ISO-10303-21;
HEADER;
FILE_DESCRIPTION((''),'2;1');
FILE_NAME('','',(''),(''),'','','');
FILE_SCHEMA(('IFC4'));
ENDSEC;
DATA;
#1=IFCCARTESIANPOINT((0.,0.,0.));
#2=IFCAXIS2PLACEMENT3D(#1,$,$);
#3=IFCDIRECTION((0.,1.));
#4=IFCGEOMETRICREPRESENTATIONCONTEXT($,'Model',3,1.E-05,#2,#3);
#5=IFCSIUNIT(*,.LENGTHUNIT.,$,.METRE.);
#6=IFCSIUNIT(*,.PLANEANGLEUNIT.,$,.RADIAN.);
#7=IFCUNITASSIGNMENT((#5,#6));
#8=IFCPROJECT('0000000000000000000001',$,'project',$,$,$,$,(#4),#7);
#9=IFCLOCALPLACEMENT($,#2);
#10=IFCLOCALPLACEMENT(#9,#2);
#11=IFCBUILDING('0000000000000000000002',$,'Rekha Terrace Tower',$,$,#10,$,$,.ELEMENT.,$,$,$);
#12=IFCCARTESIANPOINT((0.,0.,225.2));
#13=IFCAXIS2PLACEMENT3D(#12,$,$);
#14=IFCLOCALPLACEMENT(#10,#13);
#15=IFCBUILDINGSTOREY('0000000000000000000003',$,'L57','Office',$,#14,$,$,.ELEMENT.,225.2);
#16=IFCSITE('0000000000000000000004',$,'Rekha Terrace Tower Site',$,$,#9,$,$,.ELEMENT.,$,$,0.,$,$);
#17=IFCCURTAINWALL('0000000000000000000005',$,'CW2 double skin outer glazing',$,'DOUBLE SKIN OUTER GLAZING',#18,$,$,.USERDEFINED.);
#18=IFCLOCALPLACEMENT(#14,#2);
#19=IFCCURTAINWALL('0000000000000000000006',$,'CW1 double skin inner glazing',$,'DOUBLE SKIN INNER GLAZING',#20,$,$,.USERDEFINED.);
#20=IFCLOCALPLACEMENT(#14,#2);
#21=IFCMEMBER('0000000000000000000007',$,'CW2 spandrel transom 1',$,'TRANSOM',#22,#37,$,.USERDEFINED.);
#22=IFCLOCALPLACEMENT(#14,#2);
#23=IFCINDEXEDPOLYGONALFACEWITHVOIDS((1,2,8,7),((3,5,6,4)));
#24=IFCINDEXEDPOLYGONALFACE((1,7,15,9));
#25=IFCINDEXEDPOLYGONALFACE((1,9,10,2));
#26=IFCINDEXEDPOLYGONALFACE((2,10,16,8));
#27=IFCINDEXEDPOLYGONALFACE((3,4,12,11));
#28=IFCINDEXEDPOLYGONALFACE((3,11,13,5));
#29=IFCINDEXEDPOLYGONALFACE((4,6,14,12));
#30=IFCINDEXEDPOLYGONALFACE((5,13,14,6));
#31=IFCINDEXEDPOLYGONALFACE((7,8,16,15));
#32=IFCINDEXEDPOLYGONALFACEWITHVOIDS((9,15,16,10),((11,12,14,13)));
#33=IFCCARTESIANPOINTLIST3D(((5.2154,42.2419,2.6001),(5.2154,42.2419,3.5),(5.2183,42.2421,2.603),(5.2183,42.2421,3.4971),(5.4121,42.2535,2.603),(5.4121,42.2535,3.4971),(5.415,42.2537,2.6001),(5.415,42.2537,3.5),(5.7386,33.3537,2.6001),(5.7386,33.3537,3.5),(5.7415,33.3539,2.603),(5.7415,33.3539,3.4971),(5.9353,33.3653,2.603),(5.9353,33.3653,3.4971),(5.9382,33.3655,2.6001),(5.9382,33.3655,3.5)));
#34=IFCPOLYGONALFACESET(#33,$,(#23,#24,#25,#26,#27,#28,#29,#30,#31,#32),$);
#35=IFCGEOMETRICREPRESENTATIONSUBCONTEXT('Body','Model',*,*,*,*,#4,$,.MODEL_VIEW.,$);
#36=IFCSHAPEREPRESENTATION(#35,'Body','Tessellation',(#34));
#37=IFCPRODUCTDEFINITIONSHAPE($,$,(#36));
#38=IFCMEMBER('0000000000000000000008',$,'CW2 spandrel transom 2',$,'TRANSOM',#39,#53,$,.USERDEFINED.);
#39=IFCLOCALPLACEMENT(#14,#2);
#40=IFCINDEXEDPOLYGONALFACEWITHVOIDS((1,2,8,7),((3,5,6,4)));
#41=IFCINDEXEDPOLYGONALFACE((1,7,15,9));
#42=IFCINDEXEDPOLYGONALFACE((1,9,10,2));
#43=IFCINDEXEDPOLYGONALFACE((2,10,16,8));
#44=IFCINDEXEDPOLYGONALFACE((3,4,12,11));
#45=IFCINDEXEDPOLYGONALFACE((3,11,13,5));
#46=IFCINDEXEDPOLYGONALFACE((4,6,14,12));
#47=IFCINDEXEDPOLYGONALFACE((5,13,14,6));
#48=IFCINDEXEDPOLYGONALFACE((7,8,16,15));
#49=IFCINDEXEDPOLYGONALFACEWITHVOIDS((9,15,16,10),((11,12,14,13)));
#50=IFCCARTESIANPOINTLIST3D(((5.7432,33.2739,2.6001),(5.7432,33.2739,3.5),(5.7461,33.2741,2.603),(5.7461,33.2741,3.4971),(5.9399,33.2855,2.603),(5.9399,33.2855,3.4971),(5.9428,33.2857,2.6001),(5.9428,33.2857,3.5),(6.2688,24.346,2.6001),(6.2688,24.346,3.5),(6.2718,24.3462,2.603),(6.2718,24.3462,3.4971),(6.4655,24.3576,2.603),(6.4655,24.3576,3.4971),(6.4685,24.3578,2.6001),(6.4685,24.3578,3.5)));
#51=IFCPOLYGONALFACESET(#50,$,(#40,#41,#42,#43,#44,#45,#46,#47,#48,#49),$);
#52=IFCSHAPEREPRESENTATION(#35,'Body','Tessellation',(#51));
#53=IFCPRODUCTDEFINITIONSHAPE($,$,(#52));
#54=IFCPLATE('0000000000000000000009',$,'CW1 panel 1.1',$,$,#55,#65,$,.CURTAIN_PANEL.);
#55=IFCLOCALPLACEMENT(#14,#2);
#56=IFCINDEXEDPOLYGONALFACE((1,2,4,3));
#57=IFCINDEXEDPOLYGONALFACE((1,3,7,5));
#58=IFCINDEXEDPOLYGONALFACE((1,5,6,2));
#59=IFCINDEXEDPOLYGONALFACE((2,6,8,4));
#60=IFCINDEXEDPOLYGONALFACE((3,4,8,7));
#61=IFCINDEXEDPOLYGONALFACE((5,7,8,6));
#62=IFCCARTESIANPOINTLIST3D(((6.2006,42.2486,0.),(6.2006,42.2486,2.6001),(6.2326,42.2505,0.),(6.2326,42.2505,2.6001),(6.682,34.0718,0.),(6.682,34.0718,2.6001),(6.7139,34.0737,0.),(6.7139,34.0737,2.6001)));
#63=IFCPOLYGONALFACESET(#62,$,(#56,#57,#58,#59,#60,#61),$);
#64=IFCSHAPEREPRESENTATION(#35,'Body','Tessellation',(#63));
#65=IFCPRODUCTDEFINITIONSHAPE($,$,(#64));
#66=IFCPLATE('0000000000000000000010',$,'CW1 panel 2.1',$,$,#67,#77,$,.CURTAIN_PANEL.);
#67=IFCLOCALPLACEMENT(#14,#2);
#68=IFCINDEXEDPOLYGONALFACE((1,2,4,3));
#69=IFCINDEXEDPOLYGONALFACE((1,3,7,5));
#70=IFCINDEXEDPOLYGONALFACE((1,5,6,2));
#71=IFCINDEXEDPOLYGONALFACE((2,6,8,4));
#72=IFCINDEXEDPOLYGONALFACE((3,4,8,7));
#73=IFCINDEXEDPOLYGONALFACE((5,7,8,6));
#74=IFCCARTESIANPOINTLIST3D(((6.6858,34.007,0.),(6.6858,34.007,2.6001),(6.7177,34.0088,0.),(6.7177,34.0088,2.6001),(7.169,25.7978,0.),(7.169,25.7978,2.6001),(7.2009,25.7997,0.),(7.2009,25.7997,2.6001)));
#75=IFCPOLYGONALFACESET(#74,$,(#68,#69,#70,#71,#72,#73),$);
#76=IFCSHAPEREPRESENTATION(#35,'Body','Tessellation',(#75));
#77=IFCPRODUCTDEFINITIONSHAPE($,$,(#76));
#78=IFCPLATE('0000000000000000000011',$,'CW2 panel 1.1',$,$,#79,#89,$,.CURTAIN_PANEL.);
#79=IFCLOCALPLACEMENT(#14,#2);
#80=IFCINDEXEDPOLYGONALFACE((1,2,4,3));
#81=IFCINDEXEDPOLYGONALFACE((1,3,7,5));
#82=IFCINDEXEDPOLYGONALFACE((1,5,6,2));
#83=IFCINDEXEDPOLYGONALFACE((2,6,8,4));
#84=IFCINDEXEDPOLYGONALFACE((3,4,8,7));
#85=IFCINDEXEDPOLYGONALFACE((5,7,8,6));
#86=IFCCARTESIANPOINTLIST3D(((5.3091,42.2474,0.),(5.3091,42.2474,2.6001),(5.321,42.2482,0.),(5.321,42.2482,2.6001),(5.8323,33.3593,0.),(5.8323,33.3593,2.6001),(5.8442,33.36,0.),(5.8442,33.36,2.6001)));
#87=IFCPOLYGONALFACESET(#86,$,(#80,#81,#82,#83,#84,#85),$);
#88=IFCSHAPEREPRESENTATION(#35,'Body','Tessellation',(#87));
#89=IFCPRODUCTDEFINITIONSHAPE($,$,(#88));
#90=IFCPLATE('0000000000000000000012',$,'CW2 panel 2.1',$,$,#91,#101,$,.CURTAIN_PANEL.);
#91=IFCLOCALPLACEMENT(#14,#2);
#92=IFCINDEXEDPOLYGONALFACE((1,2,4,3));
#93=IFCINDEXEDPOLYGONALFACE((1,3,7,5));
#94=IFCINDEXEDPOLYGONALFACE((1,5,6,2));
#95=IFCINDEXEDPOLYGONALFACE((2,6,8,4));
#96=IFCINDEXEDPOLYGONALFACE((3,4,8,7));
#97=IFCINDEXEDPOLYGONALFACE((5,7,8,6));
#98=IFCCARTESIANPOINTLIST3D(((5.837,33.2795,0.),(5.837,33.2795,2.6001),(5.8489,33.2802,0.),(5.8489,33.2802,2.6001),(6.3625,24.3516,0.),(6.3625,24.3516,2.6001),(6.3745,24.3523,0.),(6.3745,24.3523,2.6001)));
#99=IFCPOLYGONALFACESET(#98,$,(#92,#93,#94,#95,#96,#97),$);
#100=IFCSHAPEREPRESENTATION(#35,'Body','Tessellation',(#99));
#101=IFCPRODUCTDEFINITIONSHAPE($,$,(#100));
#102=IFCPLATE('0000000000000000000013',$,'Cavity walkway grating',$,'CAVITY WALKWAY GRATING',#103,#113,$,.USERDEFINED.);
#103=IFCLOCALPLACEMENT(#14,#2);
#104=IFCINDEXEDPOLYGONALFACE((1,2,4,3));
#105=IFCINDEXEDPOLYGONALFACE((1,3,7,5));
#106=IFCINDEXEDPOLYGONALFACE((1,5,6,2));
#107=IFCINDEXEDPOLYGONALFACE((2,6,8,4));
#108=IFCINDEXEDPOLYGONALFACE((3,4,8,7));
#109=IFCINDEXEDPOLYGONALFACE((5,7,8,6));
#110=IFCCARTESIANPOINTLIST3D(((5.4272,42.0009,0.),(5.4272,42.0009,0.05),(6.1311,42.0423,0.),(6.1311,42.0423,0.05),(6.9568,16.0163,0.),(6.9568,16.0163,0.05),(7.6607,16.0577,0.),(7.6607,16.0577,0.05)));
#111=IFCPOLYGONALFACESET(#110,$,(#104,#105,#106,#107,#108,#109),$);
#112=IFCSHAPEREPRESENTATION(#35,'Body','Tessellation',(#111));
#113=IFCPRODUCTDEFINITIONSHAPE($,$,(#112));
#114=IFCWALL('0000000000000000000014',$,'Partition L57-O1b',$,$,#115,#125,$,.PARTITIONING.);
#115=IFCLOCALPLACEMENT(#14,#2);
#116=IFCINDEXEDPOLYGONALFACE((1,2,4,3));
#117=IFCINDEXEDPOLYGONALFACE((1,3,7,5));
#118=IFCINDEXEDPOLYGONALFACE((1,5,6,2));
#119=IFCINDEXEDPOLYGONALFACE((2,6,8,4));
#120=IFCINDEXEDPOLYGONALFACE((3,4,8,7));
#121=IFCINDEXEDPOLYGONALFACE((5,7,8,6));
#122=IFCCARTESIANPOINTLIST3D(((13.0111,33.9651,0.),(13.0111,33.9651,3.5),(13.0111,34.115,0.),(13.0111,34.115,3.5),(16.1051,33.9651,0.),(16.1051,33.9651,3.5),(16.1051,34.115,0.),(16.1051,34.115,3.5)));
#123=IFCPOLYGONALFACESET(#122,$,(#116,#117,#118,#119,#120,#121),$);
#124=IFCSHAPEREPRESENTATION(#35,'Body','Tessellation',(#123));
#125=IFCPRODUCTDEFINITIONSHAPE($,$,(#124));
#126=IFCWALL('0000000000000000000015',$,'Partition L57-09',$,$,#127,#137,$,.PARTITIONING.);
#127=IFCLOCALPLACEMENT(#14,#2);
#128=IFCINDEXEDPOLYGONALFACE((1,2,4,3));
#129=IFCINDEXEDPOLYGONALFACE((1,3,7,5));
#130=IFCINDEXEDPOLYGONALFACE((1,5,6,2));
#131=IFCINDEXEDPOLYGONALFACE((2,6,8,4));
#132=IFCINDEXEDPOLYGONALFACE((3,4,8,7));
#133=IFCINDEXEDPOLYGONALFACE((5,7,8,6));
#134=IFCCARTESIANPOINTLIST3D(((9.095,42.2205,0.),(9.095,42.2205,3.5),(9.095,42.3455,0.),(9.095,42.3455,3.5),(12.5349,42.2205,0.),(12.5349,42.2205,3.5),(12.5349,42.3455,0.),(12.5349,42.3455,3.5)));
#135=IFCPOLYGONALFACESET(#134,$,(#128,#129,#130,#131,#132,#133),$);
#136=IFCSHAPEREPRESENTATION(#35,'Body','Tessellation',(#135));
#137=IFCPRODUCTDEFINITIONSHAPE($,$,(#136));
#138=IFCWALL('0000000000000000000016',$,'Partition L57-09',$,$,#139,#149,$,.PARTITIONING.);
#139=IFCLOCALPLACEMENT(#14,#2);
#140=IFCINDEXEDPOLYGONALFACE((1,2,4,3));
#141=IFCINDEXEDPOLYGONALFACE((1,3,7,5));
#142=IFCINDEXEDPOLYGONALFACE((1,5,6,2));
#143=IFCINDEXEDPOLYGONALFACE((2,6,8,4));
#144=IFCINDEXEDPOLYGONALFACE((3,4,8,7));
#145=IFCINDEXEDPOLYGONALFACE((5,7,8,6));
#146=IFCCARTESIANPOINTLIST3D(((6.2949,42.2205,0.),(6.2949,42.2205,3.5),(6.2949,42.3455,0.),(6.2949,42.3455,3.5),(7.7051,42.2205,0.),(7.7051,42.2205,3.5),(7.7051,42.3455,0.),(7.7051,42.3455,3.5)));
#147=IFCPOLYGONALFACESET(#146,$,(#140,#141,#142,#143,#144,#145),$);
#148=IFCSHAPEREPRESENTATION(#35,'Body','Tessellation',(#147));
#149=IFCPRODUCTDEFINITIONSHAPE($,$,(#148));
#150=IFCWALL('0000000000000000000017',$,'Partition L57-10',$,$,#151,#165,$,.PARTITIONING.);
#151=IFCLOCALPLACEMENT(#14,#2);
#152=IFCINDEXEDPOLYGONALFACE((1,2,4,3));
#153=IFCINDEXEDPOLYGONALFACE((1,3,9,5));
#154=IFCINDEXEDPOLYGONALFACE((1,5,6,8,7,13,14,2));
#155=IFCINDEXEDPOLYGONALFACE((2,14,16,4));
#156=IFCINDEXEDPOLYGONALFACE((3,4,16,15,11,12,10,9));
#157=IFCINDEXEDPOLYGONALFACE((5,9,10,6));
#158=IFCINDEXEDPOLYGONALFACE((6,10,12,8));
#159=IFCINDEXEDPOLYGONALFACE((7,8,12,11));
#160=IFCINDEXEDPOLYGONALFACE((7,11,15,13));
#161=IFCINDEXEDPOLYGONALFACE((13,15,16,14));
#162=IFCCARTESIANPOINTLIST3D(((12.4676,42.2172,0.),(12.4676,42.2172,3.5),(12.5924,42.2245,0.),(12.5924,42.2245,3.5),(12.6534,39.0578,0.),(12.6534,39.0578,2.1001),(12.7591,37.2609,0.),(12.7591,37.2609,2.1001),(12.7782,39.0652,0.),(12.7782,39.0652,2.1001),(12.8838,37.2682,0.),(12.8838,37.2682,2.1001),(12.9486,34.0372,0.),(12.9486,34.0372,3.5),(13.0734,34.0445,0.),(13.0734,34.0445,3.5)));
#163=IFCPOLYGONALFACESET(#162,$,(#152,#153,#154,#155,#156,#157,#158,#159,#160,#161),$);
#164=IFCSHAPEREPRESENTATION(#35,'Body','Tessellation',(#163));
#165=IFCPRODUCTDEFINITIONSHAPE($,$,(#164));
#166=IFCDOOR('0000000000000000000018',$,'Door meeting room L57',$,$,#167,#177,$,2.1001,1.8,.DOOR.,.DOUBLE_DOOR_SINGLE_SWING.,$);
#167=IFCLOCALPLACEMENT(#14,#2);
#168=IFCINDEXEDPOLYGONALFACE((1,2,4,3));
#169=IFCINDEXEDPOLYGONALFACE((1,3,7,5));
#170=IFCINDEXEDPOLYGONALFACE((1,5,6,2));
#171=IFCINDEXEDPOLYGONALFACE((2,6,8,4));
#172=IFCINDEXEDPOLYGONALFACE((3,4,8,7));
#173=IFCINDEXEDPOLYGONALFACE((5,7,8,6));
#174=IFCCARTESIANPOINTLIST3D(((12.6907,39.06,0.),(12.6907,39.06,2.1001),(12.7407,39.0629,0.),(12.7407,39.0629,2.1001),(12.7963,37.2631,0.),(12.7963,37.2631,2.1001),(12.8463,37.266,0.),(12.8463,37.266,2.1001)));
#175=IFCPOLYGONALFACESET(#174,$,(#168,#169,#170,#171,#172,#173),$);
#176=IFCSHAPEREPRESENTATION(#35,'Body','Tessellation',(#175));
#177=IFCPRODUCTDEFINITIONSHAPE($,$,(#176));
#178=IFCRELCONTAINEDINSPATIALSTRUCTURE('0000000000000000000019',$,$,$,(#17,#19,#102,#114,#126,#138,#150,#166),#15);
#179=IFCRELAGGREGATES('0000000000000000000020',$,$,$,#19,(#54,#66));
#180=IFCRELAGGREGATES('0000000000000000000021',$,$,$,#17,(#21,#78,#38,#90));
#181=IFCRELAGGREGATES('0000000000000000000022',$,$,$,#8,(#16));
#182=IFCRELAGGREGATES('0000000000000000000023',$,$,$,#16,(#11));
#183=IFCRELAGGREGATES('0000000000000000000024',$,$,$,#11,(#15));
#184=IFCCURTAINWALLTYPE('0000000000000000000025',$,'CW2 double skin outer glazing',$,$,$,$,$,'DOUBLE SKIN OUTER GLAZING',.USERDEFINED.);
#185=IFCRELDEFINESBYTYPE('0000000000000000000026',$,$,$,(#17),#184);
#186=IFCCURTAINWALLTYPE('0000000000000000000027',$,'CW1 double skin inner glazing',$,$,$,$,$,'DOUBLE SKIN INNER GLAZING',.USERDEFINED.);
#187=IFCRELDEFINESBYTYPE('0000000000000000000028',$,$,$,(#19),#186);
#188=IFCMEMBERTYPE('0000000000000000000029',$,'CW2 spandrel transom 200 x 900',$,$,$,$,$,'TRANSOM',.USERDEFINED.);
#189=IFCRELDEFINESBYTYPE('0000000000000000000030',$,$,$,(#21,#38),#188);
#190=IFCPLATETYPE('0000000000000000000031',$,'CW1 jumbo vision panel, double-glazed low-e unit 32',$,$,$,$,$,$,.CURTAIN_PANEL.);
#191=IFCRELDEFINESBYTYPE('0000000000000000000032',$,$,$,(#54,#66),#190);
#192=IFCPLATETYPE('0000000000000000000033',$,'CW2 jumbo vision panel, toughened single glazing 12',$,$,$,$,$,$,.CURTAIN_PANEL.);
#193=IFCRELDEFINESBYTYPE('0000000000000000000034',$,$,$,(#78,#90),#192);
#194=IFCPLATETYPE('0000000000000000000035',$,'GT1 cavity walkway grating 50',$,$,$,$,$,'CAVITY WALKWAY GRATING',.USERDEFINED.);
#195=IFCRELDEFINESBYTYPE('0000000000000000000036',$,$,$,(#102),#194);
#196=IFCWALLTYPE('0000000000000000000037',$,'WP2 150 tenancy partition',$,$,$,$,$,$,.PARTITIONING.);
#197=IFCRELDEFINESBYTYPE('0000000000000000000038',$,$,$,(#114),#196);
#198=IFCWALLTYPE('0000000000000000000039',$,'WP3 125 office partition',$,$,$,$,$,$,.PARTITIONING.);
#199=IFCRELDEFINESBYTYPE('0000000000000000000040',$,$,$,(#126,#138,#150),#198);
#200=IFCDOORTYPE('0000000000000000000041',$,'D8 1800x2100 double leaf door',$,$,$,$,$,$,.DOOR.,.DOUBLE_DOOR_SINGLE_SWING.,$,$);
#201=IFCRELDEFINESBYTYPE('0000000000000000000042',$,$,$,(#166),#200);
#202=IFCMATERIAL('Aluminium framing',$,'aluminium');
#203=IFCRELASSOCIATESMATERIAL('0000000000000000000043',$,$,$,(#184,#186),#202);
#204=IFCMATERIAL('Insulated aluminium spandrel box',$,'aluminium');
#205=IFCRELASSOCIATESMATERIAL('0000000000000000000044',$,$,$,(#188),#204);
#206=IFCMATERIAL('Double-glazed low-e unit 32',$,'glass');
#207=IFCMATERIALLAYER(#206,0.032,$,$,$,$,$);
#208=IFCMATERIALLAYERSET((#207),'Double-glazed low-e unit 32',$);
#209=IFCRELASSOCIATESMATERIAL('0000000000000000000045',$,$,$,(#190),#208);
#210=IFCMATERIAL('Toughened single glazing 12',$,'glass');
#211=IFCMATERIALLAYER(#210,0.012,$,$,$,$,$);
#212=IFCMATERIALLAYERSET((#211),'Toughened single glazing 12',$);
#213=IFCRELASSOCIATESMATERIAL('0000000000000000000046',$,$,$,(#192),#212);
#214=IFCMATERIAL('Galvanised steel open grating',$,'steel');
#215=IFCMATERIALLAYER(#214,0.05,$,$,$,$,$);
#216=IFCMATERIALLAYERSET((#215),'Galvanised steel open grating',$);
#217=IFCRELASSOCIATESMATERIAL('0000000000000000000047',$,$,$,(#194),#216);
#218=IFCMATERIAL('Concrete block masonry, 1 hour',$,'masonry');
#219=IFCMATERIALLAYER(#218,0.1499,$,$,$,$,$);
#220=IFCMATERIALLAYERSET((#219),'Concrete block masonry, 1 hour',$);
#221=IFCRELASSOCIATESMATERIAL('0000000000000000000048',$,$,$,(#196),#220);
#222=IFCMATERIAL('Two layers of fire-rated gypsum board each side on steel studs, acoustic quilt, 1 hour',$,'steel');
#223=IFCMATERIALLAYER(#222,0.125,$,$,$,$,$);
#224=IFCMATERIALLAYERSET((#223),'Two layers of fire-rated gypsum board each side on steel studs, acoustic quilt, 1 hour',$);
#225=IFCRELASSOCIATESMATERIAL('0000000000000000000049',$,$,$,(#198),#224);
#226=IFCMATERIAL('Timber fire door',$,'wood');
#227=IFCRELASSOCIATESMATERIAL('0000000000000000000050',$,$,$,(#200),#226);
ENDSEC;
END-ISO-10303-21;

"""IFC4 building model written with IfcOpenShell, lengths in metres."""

from ifc_helpers import new_model, si_unit, direction, frame, frame_2d, origin, origin_2d, place, context, subcontext, project, spatial, rectangle, hollow_rectangle, extrude, material, layer, layer_set, material_profile, profile_set, type_object, element, fill, aggregate, save


model = new_model("IFC4")

# Units and contexts
model_context = context("Model", 3, precision=1e-05, world=origin(), true_north=direction((0.0, 1.0)))
body_context = subcontext(model_context, "Body", "Model", "MODEL_VIEW")
ifc_project = project(units=[si_unit("LENGTHUNIT", "METRE"), si_unit("PLANEANGLEUNIT", "RADIAN")], contexts=[model_context])

# Site, building, storey
site_placement = place(None, origin())
site = spatial("IfcSite", under=ifc_project, at=site_placement, Name="Rekha Terrace Tower Site", CompositionType="ELEMENT", RefElevation=0.0)
building_placement = place(site_placement, origin())
building = spatial("IfcBuilding", under=site, at=building_placement, Name="Rekha Terrace Tower", CompositionType="ELEMENT")
storey_placement = place(building_placement, frame((0.0, 0.0, 225.2)))
storey = spatial("IfcBuildingStorey", under=building, at=storey_placement, Name="L57", Description="Office", CompositionType="ELEMENT", Elevation=225.2)

# Curtain wall
ifc_material_1 = material(Name="Aluminium framing", Category="aluminium")
curtain_wall_type_1 = type_object("IfcCurtainWallType", Name="CW2 double skin outer glazing", ElementType="DOUBLE SKIN OUTER GLAZING", PredefinedType="USERDEFINED", material=ifc_material_1)
curtain_wall_1_placement = place(storey_placement, origin())
curtain_wall_1 = element("IfcCurtainWall", 1, at=curtain_wall_1_placement, inside=storey, type_object=curtain_wall_type_1, Name="CW2 double skin outer glazing", ObjectType="DOUBLE SKIN OUTER GLAZING", PredefinedType="USERDEFINED")

# Curtain wall
curtain_wall_type_2 = type_object("IfcCurtainWallType", Name="CW1 double skin inner glazing", ElementType="DOUBLE SKIN INNER GLAZING", PredefinedType="USERDEFINED", material=ifc_material_1)
curtain_wall_2_placement = place(storey_placement, origin())
curtain_wall_2 = element("IfcCurtainWall", 2, at=curtain_wall_2_placement, inside=storey, type_object=curtain_wall_type_2, Name="CW1 double skin inner glazing", ObjectType="DOUBLE SKIN INNER GLAZING", PredefinedType="USERDEFINED")
ifc_material_2 = material(Name="Insulated aluminium spandrel box", Category="aluminium")

# Members
ifc_material_profile_1 = material_profile(ifc_material_2, hollow_rectangle(XDim=0.2, YDim=0.8999, WallThickness=0.0029, at=origin_2d()), Name="AL SPANDREL BOX 200x900")
ifc_profile_set_1 = profile_set([ifc_material_profile_1], Name="Insulated aluminium spandrel box")
member_type_1 = type_object("IfcMemberType", Name="CW2 spandrel transom 200 x 900", ElementType="TRANSOM", PredefinedType="USERDEFINED", material=ifc_profile_set_1)
member_1_placement = place(storey_placement, frame((5.3152, 42.2478, 3.05), z_axis=(0.058762, -0.998272, 0.0), x_axis=(0.998272, 0.058762, 0.0)))
member_1 = element("IfcMember", 3, at=member_1_placement, type_object=member_type_1, Name="CW2 spandrel transom 1", ObjectType="TRANSOM", PredefinedType="USERDEFINED", context=body_context, shape_type="SweptSolid", body=[
    extrude(hollow_rectangle(XDim=0.2, YDim=0.8999, WallThickness=0.0029, at=origin_2d()), origin(), (0.0, 0.0, 1.0), 8.9036),
])
member_2_placement = place(storey_placement, frame((5.843, 33.2798, 3.05), z_axis=(0.058773, -0.998271, 0.0), x_axis=(0.998271, 0.058773, 0.0)))
member_2 = element("IfcMember", 4, at=member_2_placement, type_object=member_type_1, Name="CW2 spandrel transom 2", ObjectType="TRANSOM", PredefinedType="USERDEFINED", context=body_context, shape_type="SweptSolid", body=[
    extrude(hollow_rectangle(XDim=0.2, YDim=0.8999, WallThickness=0.0029, at=origin_2d()), origin(), (0.0, 0.0, 1.0), 8.9434),
])

# Plates
ifc_material_3 = material(Name="Double-glazed low-e unit 32", Category="glass")
ifc_layer_1 = layer(ifc_material_3, 0.032)
ifc_layer_set_1 = layer_set([ifc_layer_1], Name="Double-glazed low-e unit 32")
plate_type_1 = type_object("IfcPlateType", Name="CW1 jumbo vision panel, double-glazed low-e unit 32", PredefinedType="CURTAIN_PANEL", material=ifc_layer_set_1)
plate_1_placement = place(storey_placement, frame((6.4573, 38.1611, 0.0), z_axis=(0.0, 0.0, 1.0), x_axis=(0.058765, -0.998272, 0.0)))
plate_1 = element("IfcPlate", 5, at=plate_1_placement, type_object=plate_type_1, Name="CW1 panel 1.1", PredefinedType="CURTAIN_PANEL", context=body_context, shape_type="SweptSolid", body=[
    extrude(rectangle(XDim=8.1909, YDim=0.032, at=origin_2d()), origin(), (0.0, 0.0, 1.0), 2.6001),
])
plate_2_placement = place(storey_placement, frame((6.9434, 29.9033, 0.0), z_axis=(0.0, 0.0, 1.0), x_axis=(0.058765, -0.998272, 0.0)))
plate_2 = element("IfcPlate", 6, at=plate_2_placement, type_object=plate_type_1, Name="CW1 panel 2.1", PredefinedType="CURTAIN_PANEL", context=body_context, shape_type="SweptSolid", body=[
    extrude(rectangle(XDim=8.2234, YDim=0.032, at=origin_2d()), origin(), (0.0, 0.0, 1.0), 2.6001),
])
aggregate(curtain_wall_2, [plate_1, plate_2])
ifc_material_4 = material(Name="Toughened single glazing 12", Category="glass")
ifc_layer_2 = layer(ifc_material_4, 0.012)
ifc_layer_set_2 = layer_set([ifc_layer_2], Name="Toughened single glazing 12")
plate_type_2 = type_object("IfcPlateType", Name="CW2 jumbo vision panel, toughened single glazing 12", PredefinedType="CURTAIN_PANEL", material=ifc_layer_set_2)
plate_3_placement = place(storey_placement, frame((5.5767, 37.8037, 0.0), z_axis=(0.0, 0.0, 1.0), x_axis=(0.058765, -0.998272, 0.0)))
plate_3 = element("IfcPlate", 7, at=plate_3_placement, type_object=plate_type_2, Name="CW2 panel 1.1", PredefinedType="CURTAIN_PANEL", context=body_context, shape_type="SweptSolid", body=[
    extrude(rectangle(XDim=8.9036, YDim=0.012, at=origin_2d()), origin(), (0.0, 0.0, 1.0), 2.6001),
])
plate_4_placement = place(storey_placement, frame((6.1057, 28.8159, 0.0), z_axis=(0.0, 0.0, 1.0), x_axis=(0.058765, -0.998272, 0.0)))
plate_4 = element("IfcPlate", 8, at=plate_4_placement, type_object=plate_type_2, Name="CW2 panel 2.1", PredefinedType="CURTAIN_PANEL", context=body_context, shape_type="SweptSolid", body=[
    extrude(rectangle(XDim=8.9434, YDim=0.012, at=origin_2d()), origin(), (0.0, 0.0, 1.0), 2.6001),
])
aggregate(curtain_wall_1, [member_1, plate_3, member_2, plate_4])
ifc_material_5 = material(Name="Galvanised steel open grating", Category="steel")
ifc_layer_3 = layer(ifc_material_5, 0.05)
ifc_layer_set_3 = layer_set([ifc_layer_3], Name="Galvanised steel open grating")
plate_type_3 = type_object("IfcPlateType", Name="GT1 cavity walkway grating 50", ElementType="CAVITY WALKWAY GRATING", PredefinedType="USERDEFINED", material=ifc_layer_set_3)
plate_5_placement = place(storey_placement, frame((6.5439, 29.0293, 0.0), z_axis=(0.0, 0.0, 1.0), x_axis=(0.058765, -0.998272, 0.0)))
element("IfcPlate", 9, at=plate_5_placement, inside=storey, type_object=plate_type_3, Name="Cavity walkway grating", ObjectType="CAVITY WALKWAY GRATING", PredefinedType="USERDEFINED", context=body_context, shape_type="SweptSolid", body=[
    extrude(rectangle(XDim=26.0295, YDim=0.7051, at=origin_2d()), origin(), (0.0, 0.0, 1.0), 0.05),
])

# Walls
ifc_material_6 = material(Name="Concrete block masonry, 1 hour", Category="masonry")
ifc_layer_4 = layer(ifc_material_6, 0.1499)
ifc_layer_set_4 = layer_set([ifc_layer_4], Name="Concrete block masonry, 1 hour")
wall_type_1 = type_object("IfcWallType", Name="WP2 150 tenancy partition", PredefinedType="PARTITIONING", material=ifc_layer_set_4)
wall_1_placement = place(storey_placement, frame((16.105, 34.04, 0.0), z_axis=(0.0, 0.0, 1.0), x_axis=(-1.0, 0.0, 0.0)))
element("IfcWall", 10, at=wall_1_placement, inside=storey, type_object=wall_type_1, Name="Partition L57-O1b", PredefinedType="PARTITIONING", context=body_context, shape_type="SweptSolid", body=[
    extrude(rectangle(XDim=3.094, YDim=0.1499, at=frame_2d((1.5469, 0.0))), origin(), (0.0, 0.0, 1.0), 3.5),
])
ifc_material_7 = material(Name="Two layers of fire-rated gypsum board each side on steel studs, acoustic quilt, 1 hour", Category="steel")
ifc_layer_5 = layer(ifc_material_7, 0.125)
ifc_layer_set_5 = layer_set([ifc_layer_5], Name="Two layers of fire-rated gypsum board each side on steel studs, acoustic quilt, 1 hour")
wall_type_2 = type_object("IfcWallType", Name="WP3 125 office partition", PredefinedType="PARTITIONING", material=ifc_layer_set_5)
wall_2_placement = place(storey_placement, frame((12.5349, 42.283, 0.0), z_axis=(0.0, 0.0, 1.0), x_axis=(-1.0, 0.0, 0.0)))
element("IfcWall", 11, at=wall_2_placement, inside=storey, type_object=wall_type_2, Name="Partition L57-09", PredefinedType="PARTITIONING", context=body_context, shape_type="SweptSolid", body=[
    extrude(rectangle(XDim=3.4399, YDim=0.125, at=frame_2d((1.72, 0.0))), origin(), (0.0, 0.0, 1.0), 3.5),
])
wall_3_placement = place(storey_placement, frame((7.7051, 42.283, 0.0), z_axis=(0.0, 0.0, 1.0), x_axis=(-1.0, 0.0, 0.0)))
element("IfcWall", 12, at=wall_3_placement, inside=storey, type_object=wall_type_2, Name="Partition L57-09", PredefinedType="PARTITIONING", context=body_context, shape_type="SweptSolid", body=[
    extrude(rectangle(XDim=1.4102, YDim=0.125, at=frame_2d((0.7051, 0.0))), origin(), (0.0, 0.0, 1.0), 3.5),
])

# Wall, opening, door
wall_4_placement = place(storey_placement, frame((12.53, 42.2209, 0.0), z_axis=(0.0, 0.0, 1.0), x_axis=(0.058696, -0.998276, 0.0)))
wall_4 = element("IfcWall", 13, at=wall_4_placement, inside=storey, type_object=wall_type_2, Name="Partition L57-10", PredefinedType="PARTITIONING", context=body_context, shape_type="SweptSolid", body=[
    extrude(rectangle(XDim=8.1941, YDim=0.125, at=frame_2d((4.0972, 0.0))), origin(), (0.0, 0.0, 1.0), 3.5),
])
opening_1_placement = place(wall_4_placement, frame((3.165, 0.0, 0.0)))
opening_1 = element("IfcOpeningElement", 14, at=opening_1_placement, cuts=wall_4, PredefinedType="OPENING", context=body_context, shape_type="SweptSolid", body=[
    extrude(rectangle(XDim=1.8, YDim=2.1001, at=frame_2d((0.8999, 1.05))), frame((0.0, 0.0725, 0.0), z_axis=(0.0, -1.0, 0.0), x_axis=(1.0, 0.0, 0.0)), (0.0, 0.0, 1.0), 0.145),
])
ifc_material_8 = material(Name="Timber fire door", Category="wood")
door_type = type_object("IfcDoorType", Name="D8 1800x2100 double leaf door", OperationType="DOUBLE_DOOR_SINGLE_SWING", PredefinedType="DOOR", material=ifc_material_8)
door_1_placement = place(opening_1_placement, origin())
door_1 = element("IfcDoor", 15, at=door_1_placement, inside=storey, type_object=door_type, Name="Door meeting room L57", OperationType="DOUBLE_DOOR_SINGLE_SWING", OverallHeight=2.1001, OverallWidth=1.8, PredefinedType="DOOR", context=body_context, shape_type="SweptSolid", body=[
    extrude(rectangle(XDim=1.8, YDim=2.1001, at=frame_2d((0.8999, 1.05))), frame((0.0, 0.0249, 0.0), z_axis=(0.0, -1.0, 0.0), x_axis=(1.0, 0.0, 0.0)), (0.0, 0.0, 1.0), 0.05),
])
fill(opening_1, door_1)

save(model, "model.ifc")
